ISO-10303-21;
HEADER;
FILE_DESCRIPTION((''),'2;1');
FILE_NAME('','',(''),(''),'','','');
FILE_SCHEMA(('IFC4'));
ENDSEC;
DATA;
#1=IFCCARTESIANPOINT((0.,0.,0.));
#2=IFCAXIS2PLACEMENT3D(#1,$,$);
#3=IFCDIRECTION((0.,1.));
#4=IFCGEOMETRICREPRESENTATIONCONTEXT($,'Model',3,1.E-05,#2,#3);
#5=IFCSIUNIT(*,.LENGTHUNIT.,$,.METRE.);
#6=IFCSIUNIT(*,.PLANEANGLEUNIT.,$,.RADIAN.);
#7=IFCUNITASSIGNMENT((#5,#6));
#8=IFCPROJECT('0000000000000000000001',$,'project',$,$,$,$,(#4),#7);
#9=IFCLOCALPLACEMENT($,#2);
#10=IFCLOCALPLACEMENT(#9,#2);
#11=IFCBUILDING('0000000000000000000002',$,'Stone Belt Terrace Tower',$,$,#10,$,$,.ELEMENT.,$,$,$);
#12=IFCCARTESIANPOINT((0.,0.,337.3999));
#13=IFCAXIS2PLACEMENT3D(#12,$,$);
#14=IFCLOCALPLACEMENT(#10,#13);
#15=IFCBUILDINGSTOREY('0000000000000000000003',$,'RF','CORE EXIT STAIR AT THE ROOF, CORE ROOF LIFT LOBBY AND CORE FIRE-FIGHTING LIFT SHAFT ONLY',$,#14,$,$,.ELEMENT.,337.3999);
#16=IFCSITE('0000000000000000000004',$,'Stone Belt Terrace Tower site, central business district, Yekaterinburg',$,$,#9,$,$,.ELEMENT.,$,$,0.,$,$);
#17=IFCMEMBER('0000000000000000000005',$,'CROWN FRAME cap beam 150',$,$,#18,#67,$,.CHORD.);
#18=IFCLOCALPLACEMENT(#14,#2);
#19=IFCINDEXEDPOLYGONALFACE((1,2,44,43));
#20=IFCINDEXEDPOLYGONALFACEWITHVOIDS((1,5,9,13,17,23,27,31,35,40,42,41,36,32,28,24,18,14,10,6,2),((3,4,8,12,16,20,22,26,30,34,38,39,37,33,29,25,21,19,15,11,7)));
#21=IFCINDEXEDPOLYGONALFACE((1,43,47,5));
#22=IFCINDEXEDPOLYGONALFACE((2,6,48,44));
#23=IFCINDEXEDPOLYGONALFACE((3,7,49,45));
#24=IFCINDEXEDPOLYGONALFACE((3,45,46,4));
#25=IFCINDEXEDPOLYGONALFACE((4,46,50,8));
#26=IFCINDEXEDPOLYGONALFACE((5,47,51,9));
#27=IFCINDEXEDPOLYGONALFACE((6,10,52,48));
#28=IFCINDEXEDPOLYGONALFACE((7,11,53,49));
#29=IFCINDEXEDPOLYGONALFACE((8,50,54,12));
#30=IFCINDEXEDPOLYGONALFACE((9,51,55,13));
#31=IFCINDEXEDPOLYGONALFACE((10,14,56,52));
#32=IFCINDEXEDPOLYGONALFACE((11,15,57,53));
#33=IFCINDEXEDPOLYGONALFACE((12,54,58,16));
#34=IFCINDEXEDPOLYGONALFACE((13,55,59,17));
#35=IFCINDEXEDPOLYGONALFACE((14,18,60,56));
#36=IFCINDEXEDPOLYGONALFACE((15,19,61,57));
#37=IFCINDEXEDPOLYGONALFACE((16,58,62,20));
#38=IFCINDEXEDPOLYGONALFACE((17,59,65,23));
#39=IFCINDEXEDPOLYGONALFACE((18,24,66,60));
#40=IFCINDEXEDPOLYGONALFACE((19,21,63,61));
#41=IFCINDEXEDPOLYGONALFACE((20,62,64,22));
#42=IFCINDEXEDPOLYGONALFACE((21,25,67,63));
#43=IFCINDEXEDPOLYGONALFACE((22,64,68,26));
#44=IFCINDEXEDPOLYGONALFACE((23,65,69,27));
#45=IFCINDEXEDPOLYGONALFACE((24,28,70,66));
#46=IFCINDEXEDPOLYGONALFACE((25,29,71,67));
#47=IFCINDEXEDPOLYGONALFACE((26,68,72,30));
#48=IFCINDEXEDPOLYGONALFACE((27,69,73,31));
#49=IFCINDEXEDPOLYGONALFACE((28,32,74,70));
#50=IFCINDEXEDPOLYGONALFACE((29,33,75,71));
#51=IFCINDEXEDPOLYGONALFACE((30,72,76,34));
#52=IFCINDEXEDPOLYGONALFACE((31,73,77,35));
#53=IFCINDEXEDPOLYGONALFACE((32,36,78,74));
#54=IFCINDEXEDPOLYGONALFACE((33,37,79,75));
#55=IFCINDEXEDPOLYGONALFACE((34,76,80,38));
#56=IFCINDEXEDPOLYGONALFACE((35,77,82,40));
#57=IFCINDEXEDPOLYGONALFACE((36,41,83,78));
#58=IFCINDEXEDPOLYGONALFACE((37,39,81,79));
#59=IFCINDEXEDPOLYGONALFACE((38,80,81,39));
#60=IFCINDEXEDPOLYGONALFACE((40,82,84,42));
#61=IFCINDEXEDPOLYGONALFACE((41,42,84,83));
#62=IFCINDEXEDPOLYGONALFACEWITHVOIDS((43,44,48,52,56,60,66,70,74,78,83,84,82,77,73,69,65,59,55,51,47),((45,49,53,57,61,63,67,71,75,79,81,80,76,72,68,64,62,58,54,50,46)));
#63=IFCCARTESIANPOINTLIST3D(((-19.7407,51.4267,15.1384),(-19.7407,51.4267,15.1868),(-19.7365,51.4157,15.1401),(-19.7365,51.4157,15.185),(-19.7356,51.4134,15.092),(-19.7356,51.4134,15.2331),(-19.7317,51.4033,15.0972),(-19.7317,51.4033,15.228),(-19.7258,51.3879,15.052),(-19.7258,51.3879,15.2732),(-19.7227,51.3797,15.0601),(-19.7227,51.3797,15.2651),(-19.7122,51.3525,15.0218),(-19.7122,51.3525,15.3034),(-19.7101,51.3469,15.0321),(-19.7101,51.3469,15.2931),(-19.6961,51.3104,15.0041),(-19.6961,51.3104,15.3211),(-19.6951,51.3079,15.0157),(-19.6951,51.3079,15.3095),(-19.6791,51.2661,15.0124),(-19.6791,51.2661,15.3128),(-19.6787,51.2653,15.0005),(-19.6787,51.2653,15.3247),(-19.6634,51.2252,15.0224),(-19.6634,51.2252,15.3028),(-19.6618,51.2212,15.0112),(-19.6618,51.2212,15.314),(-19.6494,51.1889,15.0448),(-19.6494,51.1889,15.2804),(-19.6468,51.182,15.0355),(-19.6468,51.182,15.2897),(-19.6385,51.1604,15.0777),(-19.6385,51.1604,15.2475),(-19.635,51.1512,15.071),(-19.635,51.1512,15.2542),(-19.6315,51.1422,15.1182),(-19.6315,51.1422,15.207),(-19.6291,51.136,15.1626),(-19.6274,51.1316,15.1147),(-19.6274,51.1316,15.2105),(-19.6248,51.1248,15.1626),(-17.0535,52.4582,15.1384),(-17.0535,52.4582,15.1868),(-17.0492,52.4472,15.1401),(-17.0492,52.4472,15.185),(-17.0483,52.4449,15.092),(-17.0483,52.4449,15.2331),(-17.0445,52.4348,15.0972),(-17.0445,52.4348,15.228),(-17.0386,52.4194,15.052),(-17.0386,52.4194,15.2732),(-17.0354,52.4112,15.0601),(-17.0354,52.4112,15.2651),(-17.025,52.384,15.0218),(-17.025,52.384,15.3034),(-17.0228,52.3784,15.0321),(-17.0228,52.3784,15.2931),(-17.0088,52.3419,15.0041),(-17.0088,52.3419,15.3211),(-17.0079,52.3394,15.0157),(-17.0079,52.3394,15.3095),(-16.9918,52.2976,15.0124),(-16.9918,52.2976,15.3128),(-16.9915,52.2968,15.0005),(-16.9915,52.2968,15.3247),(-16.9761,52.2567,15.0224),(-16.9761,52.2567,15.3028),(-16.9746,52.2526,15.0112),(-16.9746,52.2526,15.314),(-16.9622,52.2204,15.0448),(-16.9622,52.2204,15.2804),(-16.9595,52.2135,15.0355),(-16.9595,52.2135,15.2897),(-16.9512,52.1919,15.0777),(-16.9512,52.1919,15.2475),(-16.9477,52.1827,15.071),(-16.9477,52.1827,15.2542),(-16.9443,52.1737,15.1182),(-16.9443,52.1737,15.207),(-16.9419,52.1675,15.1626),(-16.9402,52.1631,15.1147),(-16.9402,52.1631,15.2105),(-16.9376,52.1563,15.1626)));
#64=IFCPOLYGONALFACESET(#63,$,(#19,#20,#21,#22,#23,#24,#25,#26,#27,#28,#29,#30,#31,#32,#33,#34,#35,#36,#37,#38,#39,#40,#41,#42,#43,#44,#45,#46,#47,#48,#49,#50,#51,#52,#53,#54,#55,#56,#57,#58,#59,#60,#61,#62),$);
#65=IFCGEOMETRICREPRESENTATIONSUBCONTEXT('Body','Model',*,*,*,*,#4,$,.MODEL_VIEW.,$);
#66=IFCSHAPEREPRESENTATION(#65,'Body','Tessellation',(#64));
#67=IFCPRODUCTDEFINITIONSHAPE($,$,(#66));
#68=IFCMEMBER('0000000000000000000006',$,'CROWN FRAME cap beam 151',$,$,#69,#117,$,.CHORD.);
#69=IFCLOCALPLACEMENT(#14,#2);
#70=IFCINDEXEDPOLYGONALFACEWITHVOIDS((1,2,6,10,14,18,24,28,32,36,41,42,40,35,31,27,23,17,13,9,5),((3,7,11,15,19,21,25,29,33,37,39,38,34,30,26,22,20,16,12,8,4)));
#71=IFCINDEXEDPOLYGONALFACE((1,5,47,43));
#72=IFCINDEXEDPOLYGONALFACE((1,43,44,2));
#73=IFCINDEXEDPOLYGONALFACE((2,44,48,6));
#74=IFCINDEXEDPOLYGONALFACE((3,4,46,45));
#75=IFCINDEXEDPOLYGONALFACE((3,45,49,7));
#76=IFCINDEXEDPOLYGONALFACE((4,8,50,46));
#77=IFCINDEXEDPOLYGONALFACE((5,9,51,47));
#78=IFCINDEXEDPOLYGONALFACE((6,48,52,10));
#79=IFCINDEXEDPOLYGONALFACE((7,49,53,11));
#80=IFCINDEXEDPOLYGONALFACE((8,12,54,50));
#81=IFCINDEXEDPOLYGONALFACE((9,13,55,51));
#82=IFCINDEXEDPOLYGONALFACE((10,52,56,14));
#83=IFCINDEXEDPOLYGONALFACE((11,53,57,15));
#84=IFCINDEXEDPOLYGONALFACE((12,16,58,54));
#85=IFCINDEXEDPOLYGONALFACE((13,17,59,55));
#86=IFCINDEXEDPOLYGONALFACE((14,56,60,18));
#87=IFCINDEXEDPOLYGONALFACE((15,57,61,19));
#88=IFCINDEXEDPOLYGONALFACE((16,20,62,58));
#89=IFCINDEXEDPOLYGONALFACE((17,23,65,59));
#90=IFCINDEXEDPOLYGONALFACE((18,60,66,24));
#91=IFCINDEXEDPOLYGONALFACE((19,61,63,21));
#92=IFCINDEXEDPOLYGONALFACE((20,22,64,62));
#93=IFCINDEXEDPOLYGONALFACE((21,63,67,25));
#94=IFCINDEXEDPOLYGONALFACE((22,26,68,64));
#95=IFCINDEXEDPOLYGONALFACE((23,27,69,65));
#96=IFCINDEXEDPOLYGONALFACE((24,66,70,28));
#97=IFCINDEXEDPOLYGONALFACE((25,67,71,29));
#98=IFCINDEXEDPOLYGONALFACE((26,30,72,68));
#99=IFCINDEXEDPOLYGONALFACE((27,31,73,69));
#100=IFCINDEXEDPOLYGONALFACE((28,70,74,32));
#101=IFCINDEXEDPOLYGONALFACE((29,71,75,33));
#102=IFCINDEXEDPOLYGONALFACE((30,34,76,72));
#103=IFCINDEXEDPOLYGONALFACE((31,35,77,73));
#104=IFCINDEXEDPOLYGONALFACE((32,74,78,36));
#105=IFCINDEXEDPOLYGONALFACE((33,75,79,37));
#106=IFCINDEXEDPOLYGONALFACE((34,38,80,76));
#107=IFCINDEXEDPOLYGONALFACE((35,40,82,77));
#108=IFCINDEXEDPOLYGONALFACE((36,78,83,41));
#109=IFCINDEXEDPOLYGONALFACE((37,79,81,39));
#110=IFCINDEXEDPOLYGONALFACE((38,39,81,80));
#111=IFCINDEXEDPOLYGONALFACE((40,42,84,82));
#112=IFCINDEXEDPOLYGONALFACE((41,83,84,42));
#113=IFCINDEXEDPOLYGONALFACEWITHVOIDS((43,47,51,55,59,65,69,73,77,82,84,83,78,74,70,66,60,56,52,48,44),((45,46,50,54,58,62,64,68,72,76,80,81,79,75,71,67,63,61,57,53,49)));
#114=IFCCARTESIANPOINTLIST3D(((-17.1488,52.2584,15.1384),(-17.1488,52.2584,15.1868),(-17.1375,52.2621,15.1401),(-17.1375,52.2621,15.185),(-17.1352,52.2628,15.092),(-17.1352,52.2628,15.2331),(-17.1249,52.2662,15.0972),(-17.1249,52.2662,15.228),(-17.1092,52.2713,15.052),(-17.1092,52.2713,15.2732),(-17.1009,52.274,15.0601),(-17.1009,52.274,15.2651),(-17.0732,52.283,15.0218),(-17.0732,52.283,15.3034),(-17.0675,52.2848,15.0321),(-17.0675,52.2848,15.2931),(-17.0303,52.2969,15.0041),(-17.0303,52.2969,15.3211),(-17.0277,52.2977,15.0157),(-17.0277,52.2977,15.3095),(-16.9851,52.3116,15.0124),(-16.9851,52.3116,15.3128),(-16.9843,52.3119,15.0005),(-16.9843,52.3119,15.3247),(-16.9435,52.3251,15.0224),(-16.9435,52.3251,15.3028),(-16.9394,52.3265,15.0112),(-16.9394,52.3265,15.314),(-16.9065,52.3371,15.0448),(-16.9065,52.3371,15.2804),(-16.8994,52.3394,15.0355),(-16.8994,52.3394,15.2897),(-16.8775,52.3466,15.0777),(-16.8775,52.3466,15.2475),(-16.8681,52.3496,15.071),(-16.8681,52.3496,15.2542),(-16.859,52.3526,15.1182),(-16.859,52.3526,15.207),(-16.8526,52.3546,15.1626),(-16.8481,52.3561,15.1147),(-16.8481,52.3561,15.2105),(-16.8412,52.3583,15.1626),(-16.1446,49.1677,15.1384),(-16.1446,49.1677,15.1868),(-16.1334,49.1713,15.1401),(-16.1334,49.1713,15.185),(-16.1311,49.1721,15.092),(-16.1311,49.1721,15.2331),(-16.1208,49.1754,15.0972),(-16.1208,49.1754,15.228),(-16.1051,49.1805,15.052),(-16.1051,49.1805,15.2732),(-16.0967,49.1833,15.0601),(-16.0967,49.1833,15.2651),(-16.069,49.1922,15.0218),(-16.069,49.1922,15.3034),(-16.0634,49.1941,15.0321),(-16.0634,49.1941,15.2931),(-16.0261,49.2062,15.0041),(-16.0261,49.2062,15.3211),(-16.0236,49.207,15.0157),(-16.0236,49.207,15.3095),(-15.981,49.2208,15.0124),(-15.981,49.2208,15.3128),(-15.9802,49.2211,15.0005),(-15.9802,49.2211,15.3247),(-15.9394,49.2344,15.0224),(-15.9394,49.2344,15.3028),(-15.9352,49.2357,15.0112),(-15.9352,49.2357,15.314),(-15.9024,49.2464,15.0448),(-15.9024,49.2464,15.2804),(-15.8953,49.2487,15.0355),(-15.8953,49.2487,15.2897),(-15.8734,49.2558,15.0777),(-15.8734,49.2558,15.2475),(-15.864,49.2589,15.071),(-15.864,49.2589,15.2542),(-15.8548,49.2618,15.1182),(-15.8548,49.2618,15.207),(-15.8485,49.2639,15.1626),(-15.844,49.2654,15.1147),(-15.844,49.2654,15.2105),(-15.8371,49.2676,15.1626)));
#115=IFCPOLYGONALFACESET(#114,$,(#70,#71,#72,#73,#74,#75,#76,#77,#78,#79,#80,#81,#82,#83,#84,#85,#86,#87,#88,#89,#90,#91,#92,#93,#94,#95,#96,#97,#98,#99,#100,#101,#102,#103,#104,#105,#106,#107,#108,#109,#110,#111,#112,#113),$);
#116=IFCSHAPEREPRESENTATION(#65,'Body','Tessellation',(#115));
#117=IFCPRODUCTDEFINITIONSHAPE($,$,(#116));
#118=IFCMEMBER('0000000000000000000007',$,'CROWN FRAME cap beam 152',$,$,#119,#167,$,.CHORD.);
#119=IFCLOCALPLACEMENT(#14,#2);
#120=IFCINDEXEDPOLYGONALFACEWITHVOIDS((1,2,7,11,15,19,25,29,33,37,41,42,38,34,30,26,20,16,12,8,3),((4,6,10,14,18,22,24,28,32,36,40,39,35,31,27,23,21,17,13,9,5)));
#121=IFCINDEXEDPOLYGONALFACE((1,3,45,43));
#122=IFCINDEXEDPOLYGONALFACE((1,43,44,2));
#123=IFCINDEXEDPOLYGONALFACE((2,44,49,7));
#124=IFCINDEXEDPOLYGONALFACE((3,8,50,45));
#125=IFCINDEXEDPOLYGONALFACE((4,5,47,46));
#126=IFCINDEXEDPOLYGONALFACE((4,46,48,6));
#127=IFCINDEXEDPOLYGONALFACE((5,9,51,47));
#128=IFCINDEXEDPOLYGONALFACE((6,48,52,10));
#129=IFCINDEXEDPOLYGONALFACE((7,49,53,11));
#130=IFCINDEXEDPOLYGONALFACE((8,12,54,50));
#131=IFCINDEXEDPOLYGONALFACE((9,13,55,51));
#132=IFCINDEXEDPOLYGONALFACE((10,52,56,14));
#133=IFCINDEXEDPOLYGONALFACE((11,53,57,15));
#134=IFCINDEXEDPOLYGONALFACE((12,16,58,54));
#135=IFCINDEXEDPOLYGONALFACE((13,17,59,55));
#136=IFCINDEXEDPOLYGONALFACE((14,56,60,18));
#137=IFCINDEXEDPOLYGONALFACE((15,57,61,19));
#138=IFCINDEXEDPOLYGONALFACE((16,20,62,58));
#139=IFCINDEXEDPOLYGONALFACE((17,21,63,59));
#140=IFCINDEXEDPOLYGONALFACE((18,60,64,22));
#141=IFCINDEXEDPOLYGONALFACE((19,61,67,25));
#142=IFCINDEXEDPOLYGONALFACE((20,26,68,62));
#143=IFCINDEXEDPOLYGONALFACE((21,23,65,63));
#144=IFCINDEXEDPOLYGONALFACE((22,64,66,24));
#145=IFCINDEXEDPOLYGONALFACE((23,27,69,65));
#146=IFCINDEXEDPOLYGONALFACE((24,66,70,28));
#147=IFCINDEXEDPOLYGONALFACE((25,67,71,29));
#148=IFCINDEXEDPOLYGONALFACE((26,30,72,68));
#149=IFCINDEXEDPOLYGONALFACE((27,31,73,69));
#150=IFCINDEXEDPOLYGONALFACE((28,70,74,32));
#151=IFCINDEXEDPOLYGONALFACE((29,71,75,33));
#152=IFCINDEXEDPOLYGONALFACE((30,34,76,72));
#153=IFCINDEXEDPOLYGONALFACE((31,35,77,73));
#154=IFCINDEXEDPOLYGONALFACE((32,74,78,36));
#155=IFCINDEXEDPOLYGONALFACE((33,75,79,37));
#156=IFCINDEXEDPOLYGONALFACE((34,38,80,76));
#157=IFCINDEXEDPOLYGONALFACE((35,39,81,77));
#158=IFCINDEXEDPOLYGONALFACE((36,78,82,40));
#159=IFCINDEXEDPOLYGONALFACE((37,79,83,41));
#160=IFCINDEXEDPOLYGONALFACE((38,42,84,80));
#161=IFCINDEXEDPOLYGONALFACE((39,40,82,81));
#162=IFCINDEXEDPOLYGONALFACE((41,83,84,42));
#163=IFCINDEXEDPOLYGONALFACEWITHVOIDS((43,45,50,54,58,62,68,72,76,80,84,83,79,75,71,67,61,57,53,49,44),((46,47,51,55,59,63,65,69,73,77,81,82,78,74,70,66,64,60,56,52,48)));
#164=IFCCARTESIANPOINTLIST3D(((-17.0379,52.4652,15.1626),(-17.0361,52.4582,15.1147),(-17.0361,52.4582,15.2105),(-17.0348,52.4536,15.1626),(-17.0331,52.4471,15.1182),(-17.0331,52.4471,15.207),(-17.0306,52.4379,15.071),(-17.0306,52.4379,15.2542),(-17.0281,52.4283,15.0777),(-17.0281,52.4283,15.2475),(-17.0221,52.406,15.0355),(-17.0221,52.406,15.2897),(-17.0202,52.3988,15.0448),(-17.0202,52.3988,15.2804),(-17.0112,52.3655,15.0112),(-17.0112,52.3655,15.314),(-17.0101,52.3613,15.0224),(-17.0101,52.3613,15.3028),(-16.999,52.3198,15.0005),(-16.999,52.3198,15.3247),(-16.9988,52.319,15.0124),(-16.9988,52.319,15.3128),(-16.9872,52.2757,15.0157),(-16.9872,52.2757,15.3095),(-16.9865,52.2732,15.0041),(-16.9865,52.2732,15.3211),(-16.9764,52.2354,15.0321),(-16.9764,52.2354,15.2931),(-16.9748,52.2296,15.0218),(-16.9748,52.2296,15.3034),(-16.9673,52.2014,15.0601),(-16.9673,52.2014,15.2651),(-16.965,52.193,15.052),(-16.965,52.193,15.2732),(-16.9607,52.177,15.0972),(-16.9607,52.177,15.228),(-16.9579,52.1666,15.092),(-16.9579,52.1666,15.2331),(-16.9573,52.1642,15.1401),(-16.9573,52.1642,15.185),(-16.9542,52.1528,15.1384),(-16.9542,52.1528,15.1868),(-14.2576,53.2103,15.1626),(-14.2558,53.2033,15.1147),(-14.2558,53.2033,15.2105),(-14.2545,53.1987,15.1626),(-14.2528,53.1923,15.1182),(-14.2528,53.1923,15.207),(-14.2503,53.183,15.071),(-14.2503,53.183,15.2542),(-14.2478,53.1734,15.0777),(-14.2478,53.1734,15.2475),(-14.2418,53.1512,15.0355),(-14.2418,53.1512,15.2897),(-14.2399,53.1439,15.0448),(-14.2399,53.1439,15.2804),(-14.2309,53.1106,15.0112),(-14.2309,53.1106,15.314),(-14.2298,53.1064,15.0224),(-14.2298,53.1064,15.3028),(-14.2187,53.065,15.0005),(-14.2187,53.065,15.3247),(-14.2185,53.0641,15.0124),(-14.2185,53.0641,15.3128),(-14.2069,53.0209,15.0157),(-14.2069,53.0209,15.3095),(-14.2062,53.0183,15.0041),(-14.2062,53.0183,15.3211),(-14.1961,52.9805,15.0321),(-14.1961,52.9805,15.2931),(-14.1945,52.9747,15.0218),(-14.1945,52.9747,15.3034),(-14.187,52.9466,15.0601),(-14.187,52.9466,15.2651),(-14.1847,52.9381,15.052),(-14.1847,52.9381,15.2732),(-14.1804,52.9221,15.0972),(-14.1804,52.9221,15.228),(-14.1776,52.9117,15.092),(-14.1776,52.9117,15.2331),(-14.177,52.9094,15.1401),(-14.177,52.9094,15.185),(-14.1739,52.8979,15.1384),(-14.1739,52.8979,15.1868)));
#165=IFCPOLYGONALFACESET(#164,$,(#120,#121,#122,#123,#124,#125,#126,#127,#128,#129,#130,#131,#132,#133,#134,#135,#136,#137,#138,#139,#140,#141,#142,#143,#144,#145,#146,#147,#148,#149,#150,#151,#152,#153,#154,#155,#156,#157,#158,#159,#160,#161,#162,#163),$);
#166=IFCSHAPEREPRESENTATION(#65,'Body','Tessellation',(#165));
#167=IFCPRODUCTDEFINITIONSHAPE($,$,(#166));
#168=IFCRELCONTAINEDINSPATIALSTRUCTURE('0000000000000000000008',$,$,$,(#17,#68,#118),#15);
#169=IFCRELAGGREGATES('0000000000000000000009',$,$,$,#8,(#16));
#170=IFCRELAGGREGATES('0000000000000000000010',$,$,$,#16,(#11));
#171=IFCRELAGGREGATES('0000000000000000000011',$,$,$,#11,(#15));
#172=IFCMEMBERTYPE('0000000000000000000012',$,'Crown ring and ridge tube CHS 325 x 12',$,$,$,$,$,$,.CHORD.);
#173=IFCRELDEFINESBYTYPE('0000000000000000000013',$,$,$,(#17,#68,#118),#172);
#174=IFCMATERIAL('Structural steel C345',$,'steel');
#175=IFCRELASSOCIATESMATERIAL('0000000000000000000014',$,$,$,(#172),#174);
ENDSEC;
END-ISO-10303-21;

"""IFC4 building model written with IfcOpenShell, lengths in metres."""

from ifc_helpers import new_model, si_unit, direction, frame, origin, origin_2d, place, context, subcontext, project, spatial, hollow_circle, extrude, material, material_profile, profile_set, type_object, element, save


model = new_model("IFC4")

# Units and contexts
model_context = context("Model", 3, precision=1e-05, world=origin(), true_north=direction((0.0, 1.0)))
body_context = subcontext(model_context, "Body", "Model", "MODEL_VIEW")
ifc_project = project(units=[si_unit("LENGTHUNIT", "METRE"), si_unit("PLANEANGLEUNIT", "RADIAN")], contexts=[model_context])

# Site, building, storey
site_placement = place(None, origin())
site = spatial("IfcSite", under=ifc_project, at=site_placement, Name="Stone Belt Terrace Tower site, central business district, Yekaterinburg", CompositionType="ELEMENT", RefElevation=0.0)
building_placement = place(site_placement, origin())
building = spatial("IfcBuilding", under=site, at=building_placement, Name="Stone Belt Terrace Tower", CompositionType="ELEMENT")
storey_placement = place(building_placement, frame((0.0, 0.0, 337.3999)))
storey = spatial("IfcBuildingStorey", under=building, at=storey_placement, Name="RF", Description="CORE EXIT STAIR AT THE ROOF, CORE ROOF LIFT LOBBY AND CORE FIRE-FIGHTING LIFT SHAFT ONLY", CompositionType="ELEMENT", Elevation=337.3999)

# Members
ifc_material_1 = material(Name="Structural steel C345", Category="steel")
ifc_material_profile = material_profile(ifc_material_1, hollow_circle(Radius=0.1626, WallThickness=0.012, at=origin_2d()), Name="Structural steel C345 CHS 325x12")
ifc_profile_set = profile_set([ifc_material_profile], Name="Structural steel C345")
member_type = type_object("IfcMemberType", Name="Crown ring and ridge tube CHS 325 x 12", PredefinedType="CHORD", material=ifc_profile_set)
member_1_placement = place(storey_placement, frame((-16.9958, 52.3081, 15.1626), z_axis=(-0.933586, -0.358354, 0.0), x_axis=(0.358354, -0.933586, 0.0)))
element("IfcMember", 1, at=member_1_placement, inside=storey, type_object=member_type, Name="CROWN FRAME cap beam 150", PredefinedType="CHORD", context=body_context, shape_type="SweptSolid", body=[
    extrude(hollow_circle(Radius=0.1626, WallThickness=0.012, at=origin_2d()), origin(), (0.0, 0.0, 1.0), 2.8784),
])
member_2_placement = place(storey_placement, frame((-16.9958, 52.3081, 15.1626), z_axis=(0.308984, -0.951067, 0.0), x_axis=(0.951067, 0.308984, 0.0)))
element("IfcMember", 2, at=member_2_placement, inside=storey, type_object=member_type, Name="CROWN FRAME cap beam 151", PredefinedType="CHORD", context=body_context, shape_type="SweptSolid", body=[
    extrude(hollow_circle(Radius=0.1626, WallThickness=0.012, at=origin_2d()), origin(), (0.0, 0.0, 1.0), 3.2498),
])
member_3_placement = place(storey_placement, frame((-16.9958, 52.3081, 15.1626), z_axis=(0.965913, 0.258866, 0.0), x_axis=(-0.258866, 0.965913, 0.0)))
element("IfcMember", 3, at=member_3_placement, inside=storey, type_object=member_type, Name="CROWN FRAME cap beam 152", PredefinedType="CHORD", context=body_context, shape_type="SweptSolid", body=[
    extrude(hollow_circle(Radius=0.1626, WallThickness=0.012, at=origin_2d()), origin(), (0.0, 0.0, 1.0), 2.8784),
])

save(model, "model.ifc")
